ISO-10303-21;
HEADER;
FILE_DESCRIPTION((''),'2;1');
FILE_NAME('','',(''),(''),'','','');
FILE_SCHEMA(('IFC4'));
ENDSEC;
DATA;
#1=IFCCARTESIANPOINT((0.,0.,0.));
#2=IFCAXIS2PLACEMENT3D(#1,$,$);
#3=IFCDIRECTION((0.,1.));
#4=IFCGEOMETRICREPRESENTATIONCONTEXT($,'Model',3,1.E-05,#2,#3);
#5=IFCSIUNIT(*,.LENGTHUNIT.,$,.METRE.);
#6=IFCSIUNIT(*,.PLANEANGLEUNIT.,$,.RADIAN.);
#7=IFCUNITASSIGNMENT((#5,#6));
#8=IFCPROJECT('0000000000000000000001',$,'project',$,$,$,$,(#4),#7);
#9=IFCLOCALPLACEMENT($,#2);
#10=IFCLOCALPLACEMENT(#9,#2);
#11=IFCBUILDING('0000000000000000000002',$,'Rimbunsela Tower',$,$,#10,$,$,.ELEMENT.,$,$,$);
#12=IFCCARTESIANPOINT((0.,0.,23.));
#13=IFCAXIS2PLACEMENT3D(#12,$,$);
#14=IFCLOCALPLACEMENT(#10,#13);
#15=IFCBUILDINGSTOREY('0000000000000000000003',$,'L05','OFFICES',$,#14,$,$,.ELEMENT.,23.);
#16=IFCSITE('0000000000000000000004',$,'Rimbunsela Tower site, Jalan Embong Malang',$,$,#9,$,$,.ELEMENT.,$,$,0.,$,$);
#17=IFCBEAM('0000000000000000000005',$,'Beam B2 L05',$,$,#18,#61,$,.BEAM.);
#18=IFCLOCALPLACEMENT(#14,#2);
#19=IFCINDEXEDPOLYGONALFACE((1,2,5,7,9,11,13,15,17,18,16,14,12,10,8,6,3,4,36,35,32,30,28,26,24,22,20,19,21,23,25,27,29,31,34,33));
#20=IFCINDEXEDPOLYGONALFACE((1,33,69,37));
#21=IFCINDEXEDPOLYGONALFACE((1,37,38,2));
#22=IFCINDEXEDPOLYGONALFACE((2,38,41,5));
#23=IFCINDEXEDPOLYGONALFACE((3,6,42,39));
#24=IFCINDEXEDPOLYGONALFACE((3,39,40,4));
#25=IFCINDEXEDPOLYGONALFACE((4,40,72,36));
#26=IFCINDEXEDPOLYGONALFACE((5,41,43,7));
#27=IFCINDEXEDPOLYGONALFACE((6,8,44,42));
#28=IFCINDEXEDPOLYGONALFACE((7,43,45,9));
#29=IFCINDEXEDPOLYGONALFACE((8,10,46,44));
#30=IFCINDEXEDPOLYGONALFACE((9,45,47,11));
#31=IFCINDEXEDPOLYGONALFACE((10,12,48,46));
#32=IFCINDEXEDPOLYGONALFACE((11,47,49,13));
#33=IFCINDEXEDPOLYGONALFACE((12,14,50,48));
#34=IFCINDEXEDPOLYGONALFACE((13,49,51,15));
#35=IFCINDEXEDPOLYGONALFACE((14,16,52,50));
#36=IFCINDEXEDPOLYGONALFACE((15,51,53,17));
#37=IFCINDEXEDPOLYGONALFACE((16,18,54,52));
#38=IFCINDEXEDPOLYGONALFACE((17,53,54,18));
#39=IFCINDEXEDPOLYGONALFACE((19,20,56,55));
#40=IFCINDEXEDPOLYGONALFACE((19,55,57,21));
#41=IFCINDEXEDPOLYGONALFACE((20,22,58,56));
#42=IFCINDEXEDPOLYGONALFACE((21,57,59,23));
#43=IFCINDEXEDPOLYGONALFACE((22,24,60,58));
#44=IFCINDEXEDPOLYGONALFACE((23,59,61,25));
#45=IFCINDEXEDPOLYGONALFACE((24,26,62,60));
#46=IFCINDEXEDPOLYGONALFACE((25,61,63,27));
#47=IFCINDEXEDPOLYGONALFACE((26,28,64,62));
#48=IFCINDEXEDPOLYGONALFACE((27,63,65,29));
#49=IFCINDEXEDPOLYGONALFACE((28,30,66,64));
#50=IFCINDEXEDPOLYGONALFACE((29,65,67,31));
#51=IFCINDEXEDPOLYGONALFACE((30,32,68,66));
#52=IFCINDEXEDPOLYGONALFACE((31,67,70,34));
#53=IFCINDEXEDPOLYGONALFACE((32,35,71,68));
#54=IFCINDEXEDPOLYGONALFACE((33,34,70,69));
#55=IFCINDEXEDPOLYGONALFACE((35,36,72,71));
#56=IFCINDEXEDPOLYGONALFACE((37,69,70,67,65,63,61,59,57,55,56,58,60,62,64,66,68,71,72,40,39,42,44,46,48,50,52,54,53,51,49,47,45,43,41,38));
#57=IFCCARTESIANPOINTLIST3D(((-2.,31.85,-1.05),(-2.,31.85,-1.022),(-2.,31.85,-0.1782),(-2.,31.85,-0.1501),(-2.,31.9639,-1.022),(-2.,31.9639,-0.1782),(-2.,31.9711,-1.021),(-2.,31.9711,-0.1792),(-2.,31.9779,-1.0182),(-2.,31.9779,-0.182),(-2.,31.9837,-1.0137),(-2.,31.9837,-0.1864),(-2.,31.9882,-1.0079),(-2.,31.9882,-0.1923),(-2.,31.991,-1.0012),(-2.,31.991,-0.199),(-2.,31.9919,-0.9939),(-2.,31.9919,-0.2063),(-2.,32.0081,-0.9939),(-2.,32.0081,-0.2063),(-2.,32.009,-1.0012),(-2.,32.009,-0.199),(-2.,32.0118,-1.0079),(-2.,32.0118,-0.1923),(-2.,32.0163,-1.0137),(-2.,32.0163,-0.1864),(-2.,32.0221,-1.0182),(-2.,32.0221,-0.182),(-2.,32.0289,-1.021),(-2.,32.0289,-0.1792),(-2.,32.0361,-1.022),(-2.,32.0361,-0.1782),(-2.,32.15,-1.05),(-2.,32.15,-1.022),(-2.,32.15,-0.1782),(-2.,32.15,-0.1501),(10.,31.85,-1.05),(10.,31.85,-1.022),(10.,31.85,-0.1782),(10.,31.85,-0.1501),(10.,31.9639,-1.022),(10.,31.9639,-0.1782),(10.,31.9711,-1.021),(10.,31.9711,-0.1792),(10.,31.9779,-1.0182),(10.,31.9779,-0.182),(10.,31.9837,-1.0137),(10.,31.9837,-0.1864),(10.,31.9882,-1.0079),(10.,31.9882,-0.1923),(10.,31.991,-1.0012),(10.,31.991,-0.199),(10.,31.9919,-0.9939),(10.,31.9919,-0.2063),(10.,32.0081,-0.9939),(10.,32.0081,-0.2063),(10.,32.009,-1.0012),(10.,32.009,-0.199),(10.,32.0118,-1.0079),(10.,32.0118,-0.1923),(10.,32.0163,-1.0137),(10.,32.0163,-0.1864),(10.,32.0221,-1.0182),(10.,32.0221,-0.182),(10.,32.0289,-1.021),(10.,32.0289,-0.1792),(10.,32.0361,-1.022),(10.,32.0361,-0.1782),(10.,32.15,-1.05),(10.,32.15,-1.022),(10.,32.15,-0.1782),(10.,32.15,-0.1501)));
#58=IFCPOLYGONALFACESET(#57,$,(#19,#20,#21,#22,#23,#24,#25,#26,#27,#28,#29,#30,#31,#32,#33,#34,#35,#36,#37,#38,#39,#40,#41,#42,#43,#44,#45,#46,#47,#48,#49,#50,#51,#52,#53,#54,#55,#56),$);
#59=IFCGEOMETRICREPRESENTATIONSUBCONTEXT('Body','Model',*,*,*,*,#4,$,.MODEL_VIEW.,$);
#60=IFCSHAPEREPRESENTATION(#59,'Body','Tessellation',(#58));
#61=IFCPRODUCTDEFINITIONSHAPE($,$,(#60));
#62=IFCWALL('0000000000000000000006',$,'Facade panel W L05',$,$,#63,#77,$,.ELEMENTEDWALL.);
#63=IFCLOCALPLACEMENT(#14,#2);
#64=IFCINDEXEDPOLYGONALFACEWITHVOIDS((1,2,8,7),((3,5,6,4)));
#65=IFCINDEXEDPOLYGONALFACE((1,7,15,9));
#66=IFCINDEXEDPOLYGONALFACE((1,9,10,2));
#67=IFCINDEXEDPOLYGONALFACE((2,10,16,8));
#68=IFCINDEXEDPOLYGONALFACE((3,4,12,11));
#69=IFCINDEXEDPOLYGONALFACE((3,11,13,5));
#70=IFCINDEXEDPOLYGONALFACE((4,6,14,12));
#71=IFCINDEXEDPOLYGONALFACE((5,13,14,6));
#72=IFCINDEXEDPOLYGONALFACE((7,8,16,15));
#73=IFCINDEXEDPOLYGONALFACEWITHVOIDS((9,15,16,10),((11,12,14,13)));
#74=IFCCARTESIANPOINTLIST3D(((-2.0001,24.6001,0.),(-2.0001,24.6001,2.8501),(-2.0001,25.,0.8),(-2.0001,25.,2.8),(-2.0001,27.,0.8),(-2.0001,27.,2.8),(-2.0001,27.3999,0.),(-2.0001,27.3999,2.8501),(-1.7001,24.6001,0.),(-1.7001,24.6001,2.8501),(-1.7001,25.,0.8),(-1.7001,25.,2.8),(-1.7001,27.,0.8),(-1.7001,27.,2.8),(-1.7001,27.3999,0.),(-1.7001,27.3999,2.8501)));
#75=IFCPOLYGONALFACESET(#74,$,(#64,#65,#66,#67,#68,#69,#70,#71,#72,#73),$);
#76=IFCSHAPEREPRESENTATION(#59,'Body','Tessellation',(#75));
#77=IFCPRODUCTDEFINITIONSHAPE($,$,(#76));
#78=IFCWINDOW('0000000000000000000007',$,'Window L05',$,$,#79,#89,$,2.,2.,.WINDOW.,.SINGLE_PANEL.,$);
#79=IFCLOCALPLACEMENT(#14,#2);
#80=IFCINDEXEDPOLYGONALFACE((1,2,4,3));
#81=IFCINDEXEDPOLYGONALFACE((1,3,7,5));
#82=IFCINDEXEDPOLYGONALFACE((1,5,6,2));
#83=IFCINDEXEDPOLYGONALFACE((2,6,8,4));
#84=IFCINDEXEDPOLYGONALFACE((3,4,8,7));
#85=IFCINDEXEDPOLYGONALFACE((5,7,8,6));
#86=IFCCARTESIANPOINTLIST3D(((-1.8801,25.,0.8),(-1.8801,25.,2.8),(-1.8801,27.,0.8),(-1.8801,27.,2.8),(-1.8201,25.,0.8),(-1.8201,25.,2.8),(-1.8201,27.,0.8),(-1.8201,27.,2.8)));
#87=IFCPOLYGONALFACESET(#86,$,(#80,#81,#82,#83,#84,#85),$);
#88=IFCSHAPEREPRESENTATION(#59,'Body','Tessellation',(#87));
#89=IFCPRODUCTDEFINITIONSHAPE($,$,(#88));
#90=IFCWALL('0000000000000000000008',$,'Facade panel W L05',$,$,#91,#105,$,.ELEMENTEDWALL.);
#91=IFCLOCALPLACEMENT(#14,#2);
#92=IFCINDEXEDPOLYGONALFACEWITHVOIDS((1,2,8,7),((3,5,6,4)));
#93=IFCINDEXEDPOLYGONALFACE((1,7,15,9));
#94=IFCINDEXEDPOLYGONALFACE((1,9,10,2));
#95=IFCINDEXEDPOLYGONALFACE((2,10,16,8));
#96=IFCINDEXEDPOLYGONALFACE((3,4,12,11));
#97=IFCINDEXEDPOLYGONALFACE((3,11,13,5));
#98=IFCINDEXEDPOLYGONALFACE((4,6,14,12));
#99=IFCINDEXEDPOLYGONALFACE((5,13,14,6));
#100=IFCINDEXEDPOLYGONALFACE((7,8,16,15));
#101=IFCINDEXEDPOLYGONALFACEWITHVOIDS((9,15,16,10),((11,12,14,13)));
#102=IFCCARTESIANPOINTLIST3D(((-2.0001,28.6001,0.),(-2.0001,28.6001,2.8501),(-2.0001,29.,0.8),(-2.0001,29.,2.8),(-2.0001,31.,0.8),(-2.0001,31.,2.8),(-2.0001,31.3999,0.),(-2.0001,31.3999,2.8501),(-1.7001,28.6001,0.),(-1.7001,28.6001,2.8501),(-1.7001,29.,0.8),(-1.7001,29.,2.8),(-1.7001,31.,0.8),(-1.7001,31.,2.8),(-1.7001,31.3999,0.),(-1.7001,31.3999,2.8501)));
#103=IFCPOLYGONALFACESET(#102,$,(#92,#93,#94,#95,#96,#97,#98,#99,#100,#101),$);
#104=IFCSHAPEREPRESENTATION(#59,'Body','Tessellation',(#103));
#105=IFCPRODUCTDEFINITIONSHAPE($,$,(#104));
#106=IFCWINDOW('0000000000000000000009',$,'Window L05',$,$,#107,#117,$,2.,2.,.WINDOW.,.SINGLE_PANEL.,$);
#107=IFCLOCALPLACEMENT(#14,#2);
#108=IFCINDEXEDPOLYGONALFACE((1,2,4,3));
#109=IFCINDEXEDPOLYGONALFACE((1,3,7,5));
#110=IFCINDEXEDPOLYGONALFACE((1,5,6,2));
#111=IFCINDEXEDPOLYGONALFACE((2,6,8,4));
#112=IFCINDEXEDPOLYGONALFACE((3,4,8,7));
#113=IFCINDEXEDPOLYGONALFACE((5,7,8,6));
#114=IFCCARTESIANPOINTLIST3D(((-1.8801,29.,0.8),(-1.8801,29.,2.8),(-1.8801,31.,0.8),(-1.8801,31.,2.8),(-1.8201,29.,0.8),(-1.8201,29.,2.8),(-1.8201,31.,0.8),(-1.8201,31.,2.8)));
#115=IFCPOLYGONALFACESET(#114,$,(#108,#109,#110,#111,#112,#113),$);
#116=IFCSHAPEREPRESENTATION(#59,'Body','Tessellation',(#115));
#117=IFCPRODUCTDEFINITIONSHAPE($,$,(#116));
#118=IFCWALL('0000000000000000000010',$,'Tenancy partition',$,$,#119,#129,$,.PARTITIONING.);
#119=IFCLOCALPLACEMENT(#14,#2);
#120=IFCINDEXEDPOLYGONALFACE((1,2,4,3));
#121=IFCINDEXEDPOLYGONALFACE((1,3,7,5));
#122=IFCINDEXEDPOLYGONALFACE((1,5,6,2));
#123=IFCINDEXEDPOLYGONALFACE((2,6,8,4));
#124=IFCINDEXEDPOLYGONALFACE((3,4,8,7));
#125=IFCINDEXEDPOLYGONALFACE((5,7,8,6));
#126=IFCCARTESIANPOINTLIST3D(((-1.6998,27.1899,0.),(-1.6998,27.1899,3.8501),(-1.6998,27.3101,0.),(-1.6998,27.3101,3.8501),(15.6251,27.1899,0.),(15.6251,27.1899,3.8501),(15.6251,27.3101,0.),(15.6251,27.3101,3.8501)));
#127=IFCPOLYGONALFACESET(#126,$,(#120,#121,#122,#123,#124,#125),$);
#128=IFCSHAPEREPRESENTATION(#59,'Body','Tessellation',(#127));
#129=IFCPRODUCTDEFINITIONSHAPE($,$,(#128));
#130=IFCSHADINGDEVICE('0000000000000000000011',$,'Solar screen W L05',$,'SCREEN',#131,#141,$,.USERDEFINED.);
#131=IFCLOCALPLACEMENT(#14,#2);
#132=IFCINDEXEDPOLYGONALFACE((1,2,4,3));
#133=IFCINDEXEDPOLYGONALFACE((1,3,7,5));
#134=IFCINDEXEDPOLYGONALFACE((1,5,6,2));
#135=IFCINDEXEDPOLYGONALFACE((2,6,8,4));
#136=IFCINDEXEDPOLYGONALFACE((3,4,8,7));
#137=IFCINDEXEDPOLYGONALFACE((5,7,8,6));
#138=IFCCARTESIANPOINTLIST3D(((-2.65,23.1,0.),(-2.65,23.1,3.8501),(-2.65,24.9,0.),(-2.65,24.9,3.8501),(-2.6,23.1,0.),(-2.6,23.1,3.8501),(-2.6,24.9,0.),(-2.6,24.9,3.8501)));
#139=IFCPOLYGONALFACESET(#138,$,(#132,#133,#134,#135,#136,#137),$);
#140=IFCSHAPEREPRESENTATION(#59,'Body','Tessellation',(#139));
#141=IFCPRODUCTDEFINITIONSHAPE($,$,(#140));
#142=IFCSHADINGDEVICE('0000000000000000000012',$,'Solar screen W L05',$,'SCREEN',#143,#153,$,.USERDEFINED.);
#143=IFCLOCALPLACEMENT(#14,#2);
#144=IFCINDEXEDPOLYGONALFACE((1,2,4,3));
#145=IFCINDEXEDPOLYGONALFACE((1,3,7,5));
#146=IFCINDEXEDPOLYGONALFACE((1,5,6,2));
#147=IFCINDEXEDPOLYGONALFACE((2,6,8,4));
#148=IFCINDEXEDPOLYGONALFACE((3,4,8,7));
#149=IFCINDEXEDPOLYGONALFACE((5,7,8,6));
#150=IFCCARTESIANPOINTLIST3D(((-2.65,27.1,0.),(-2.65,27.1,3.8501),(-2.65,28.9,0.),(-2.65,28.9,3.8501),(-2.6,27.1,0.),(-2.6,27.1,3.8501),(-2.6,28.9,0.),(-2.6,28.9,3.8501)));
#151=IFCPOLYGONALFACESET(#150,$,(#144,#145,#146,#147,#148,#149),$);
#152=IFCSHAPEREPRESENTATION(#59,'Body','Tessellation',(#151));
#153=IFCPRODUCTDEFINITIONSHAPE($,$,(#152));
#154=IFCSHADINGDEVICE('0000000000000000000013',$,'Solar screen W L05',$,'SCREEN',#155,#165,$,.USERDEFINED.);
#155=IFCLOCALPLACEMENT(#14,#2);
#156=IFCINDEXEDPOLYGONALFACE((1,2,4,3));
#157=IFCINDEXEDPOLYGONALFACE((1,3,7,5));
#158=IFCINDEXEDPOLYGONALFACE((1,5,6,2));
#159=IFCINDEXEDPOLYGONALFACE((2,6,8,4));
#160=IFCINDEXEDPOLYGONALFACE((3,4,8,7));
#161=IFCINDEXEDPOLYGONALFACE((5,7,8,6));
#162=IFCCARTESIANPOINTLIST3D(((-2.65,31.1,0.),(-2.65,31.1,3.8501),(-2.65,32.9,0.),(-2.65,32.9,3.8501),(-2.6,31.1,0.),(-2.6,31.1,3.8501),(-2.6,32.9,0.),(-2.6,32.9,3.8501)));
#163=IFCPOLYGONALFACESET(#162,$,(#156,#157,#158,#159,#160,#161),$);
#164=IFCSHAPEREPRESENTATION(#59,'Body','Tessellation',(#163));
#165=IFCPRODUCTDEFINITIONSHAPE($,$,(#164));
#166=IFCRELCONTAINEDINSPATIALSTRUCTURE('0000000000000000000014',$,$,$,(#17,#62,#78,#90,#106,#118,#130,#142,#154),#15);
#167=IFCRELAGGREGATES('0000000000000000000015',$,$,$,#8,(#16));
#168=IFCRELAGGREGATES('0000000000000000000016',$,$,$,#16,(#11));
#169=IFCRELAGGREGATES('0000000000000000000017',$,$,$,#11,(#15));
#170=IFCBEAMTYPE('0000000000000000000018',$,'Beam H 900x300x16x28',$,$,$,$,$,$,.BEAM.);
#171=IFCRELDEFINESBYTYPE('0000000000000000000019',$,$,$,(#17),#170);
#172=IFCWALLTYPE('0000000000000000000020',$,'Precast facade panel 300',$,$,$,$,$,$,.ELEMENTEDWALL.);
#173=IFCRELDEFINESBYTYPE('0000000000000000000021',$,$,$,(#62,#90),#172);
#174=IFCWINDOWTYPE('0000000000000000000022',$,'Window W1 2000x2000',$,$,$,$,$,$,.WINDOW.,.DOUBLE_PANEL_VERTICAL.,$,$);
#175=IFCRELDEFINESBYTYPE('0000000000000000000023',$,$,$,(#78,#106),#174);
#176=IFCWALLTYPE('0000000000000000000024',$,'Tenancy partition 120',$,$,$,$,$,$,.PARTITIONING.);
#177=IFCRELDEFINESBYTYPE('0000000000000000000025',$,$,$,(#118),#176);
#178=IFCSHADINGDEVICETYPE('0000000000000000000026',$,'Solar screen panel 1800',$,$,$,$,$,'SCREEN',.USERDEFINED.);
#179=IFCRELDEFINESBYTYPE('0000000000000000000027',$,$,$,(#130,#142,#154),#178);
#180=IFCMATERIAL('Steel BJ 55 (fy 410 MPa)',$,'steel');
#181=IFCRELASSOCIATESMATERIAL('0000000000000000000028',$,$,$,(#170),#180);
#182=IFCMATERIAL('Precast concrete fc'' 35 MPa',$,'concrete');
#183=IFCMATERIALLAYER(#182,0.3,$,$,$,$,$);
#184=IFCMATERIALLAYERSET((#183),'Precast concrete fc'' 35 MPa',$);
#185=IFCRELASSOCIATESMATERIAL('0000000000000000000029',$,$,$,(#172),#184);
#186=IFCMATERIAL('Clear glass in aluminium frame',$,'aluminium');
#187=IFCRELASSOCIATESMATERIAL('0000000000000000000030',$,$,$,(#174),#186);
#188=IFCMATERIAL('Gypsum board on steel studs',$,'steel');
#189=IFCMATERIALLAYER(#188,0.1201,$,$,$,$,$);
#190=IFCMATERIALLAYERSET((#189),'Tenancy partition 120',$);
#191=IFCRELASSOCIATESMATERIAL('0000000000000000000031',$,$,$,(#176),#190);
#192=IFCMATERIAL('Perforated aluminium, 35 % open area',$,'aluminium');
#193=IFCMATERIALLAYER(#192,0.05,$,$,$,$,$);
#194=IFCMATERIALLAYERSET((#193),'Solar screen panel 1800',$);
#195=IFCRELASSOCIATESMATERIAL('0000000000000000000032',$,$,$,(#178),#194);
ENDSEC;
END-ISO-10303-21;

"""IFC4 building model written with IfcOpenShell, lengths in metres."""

from ifc_helpers import new_model, si_unit, direction, frame, frame_2d, origin, origin_2d, place, context, subcontext, project, spatial, rectangle, i_section, extrude, material, layer, layer_set, material_profile, profile_set, type_object, element, fill, save


model = new_model("IFC4")

# Units and contexts
model_context = context("Model", 3, precision=1e-05, world=origin(), true_north=direction((0.0, 1.0)))
body_context = subcontext(model_context, "Body", "Model", "MODEL_VIEW")
ifc_project = project(units=[si_unit("LENGTHUNIT", "METRE"), si_unit("PLANEANGLEUNIT", "RADIAN")], contexts=[model_context])

# Site, building, storey
site_placement = place(None, origin())
site = spatial("IfcSite", under=ifc_project, at=site_placement, Name="Rimbunsela Tower site, Jalan Embong Malang", CompositionType="ELEMENT", RefElevation=0.0)
building_placement = place(site_placement, origin())
building = spatial("IfcBuilding", under=site, at=building_placement, Name="Rimbunsela Tower", CompositionType="ELEMENT")
storey_placement = place(building_placement, frame((0.0, 0.0, 23.0)))
storey = spatial("IfcBuildingStorey", under=building, at=storey_placement, Name="L05", Description="OFFICES", CompositionType="ELEMENT", Elevation=23.0)

# Beam
ifc_material_1 = material(Name="Steel BJ 55 (fy 410 MPa)", Category="steel")
ifc_material_profile_1 = material_profile(ifc_material_1, i_section(OverallWidth=0.3, OverallDepth=0.8999, WebThickness=0.0161, FlangeThickness=0.0281, FilletRadius=0.0281, at=origin_2d()), Name="H 900x300x16x28")
ifc_profile_set_1 = profile_set([ifc_material_profile_1], Name="Steel BJ 55 (fy 410 MPa)")
beam_type_1 = type_object("IfcBeamType", Name="Beam H 900x300x16x28", PredefinedType="BEAM", material=ifc_profile_set_1)
for number, where, z_axis, x_axis, name in (
    (1, (-2.0, 32.0, -0.6001), (1.0, 0.0, 0.0), (0.0, 1.0, 0.0), "Beam B2 L05"),
):
    element("IfcBeam", number, at=place(storey_placement, frame(where, z_axis=z_axis, x_axis=x_axis)), inside=storey, type_object=beam_type_1, Name=name, PredefinedType="BEAM", context=body_context, shape_type="SweptSolid", body=[
        extrude(i_section(OverallWidth=0.3, OverallDepth=0.8999, WebThickness=0.0161, FlangeThickness=0.0281, FilletRadius=0.0281, at=origin_2d()), origin(), (0.0, 0.0, 1.0), 12.0),
    ])

# Walls, openings, windows
ifc_material_2 = material(Name="Precast concrete fc' 35 MPa", Category="concrete")
ifc_layer_1 = layer(ifc_material_2, 0.3)
ifc_layer_set_1 = layer_set([ifc_layer_1], Name="Precast concrete fc' 35 MPa")
wall_type_1 = type_object("IfcWallType", Name="Precast facade panel 300", PredefinedType="ELEMENTEDWALL", material=ifc_layer_set_1)
wall_1_placement = place(storey_placement, frame((-1.8501, 27.3999, 0.0), z_axis=(0.0, 0.0, 1.0), x_axis=(0.0, -1.0, 0.0)))
wall_1 = element("IfcWall", 2, at=wall_1_placement, inside=storey, type_object=wall_type_1, Name="Facade panel W L05", PredefinedType="ELEMENTEDWALL", context=body_context, shape_type="SweptSolid", body=[
    extrude(rectangle(XDim=2.7998, YDim=0.3, at=frame_2d((1.3999, 0.0))), origin(), (0.0, 0.0, 1.0), 2.8501),
])
opening_1_placement = place(wall_1_placement, frame((0.3999, 0.0, 0.8)))
opening_1 = element("IfcOpeningElement", 3, at=opening_1_placement, cuts=wall_1, PredefinedType="OPENING", context=body_context, shape_type="SweptSolid", body=[
    extrude(rectangle(XDim=2.0, YDim=2.0, at=frame_2d((1.0, 1.0))), frame((0.0, 0.1599, 0.0), z_axis=(0.0, -1.0, 0.0), x_axis=(1.0, 0.0, 0.0)), (0.0, 0.0, 1.0), 0.3201),
])
ifc_material_3 = material(Name="Clear glass in aluminium frame", Category="aluminium")
window_type = type_object("IfcWindowType", Name="Window W1 2000x2000", PartitioningType="DOUBLE_PANEL_VERTICAL", PredefinedType="WINDOW", material=ifc_material_3)
window_1_placement = place(opening_1_placement, origin())
window_1 = element("IfcWindow", 4, at=window_1_placement, inside=storey, type_object=window_type, Name="Window L05", OverallHeight=2.0, OverallWidth=2.0, PartitioningType="SINGLE_PANEL", PredefinedType="WINDOW", context=body_context, shape_type="SweptSolid", body=[
    extrude(rectangle(XDim=2.0, YDim=2.0, at=frame_2d((1.0, 1.0))), frame((0.0, 0.03, 0.0), z_axis=(0.0, -1.0, 0.0), x_axis=(1.0, 0.0, 0.0)), (0.0, 0.0, 1.0), 0.0601),
])
fill(opening_1, window_1)
wall_2_placement = place(storey_placement, frame((-1.8501, 31.3999, 0.0), z_axis=(0.0, 0.0, 1.0), x_axis=(0.0, -1.0, 0.0)))
wall_2 = element("IfcWall", 5, at=wall_2_placement, inside=storey, type_object=wall_type_1, Name="Facade panel W L05", PredefinedType="ELEMENTEDWALL", context=body_context, shape_type="SweptSolid", body=[
    extrude(rectangle(XDim=2.7998, YDim=0.3, at=frame_2d((1.3999, 0.0))), origin(), (0.0, 0.0, 1.0), 2.8501),
])
opening_2_placement = place(wall_2_placement, frame((0.3999, 0.0, 0.8)))
opening_2 = element("IfcOpeningElement", 6, at=opening_2_placement, cuts=wall_2, PredefinedType="OPENING", context=body_context, shape_type="SweptSolid", body=[
    extrude(rectangle(XDim=2.0, YDim=2.0, at=frame_2d((1.0, 1.0))), frame((0.0, 0.1599, 0.0), z_axis=(0.0, -1.0, 0.0), x_axis=(1.0, 0.0, 0.0)), (0.0, 0.0, 1.0), 0.3201),
])
window_2_placement = place(opening_2_placement, origin())
window_2 = element("IfcWindow", 7, at=window_2_placement, inside=storey, type_object=window_type, Name="Window L05", OverallHeight=2.0, OverallWidth=2.0, PartitioningType="SINGLE_PANEL", PredefinedType="WINDOW", context=body_context, shape_type="SweptSolid", body=[
    extrude(rectangle(XDim=2.0, YDim=2.0, at=frame_2d((1.0, 1.0))), frame((0.0, 0.03, 0.0), z_axis=(0.0, -1.0, 0.0), x_axis=(1.0, 0.0, 0.0)), (0.0, 0.0, 1.0), 0.0601),
])
fill(opening_2, window_2)

# Wall
ifc_material_4 = material(Name="Gypsum board on steel studs", Category="steel")
ifc_layer_2 = layer(ifc_material_4, 0.1201)
ifc_layer_set_2 = layer_set([ifc_layer_2], Name="Tenancy partition 120")
wall_type_2 = type_object("IfcWallType", Name="Tenancy partition 120", PredefinedType="PARTITIONING", material=ifc_layer_set_2)
wall_3_placement = place(storey_placement, frame((-1.7, 27.25, 0.0), z_axis=(0.0, 0.0, 1.0), x_axis=(1.0, 0.0, 0.0)))
element("IfcWall", 8, at=wall_3_placement, inside=storey, type_object=wall_type_2, Name="Tenancy partition", PredefinedType="PARTITIONING", context=body_context, shape_type="SweptSolid", body=[
    extrude(rectangle(XDim=17.325, YDim=0.1201, at=frame_2d((8.6626, 0.0))), origin(), (0.0, 0.0, 1.0), 3.8501),
])

# Shading devices
ifc_material_5 = material(Name="Perforated aluminium, 35 % open area", Category="aluminium")
ifc_layer_3 = layer(ifc_material_5, 0.05)
ifc_layer_set_3 = layer_set([ifc_layer_3], Name="Solar screen panel 1800")
shading_device_type = type_object("IfcShadingDeviceType", Name="Solar screen panel 1800", ElementType="SCREEN", PredefinedType="USERDEFINED", material=ifc_layer_set_3)
for number, where, z_axis, x_axis, name in (
    (9, (-2.625, 24.0, 0.0), (0.0, 0.0, 1.0), (0.0, 1.0, 0.0), "Solar screen W L05"),
    (10, (-2.625, 28.0, 0.0), (0.0, 0.0, 1.0), (0.0, 1.0, 0.0), "Solar screen W L05"),
    (11, (-2.625, 32.0, 0.0), (0.0, 0.0, 1.0), (0.0, 1.0, 0.0), "Solar screen W L05"),
):
    element("IfcShadingDevice", number, at=place(storey_placement, frame(where, z_axis=z_axis, x_axis=x_axis)), inside=storey, type_object=shading_device_type, Name=name, ObjectType="SCREEN", PredefinedType="USERDEFINED", context=body_context, shape_type="SweptSolid", body=[
        extrude(rectangle(XDim=1.8, YDim=0.05, at=origin_2d()), origin(), (0.0, 0.0, 1.0), 3.8501),
    ])

save(model, "model.ifc")
